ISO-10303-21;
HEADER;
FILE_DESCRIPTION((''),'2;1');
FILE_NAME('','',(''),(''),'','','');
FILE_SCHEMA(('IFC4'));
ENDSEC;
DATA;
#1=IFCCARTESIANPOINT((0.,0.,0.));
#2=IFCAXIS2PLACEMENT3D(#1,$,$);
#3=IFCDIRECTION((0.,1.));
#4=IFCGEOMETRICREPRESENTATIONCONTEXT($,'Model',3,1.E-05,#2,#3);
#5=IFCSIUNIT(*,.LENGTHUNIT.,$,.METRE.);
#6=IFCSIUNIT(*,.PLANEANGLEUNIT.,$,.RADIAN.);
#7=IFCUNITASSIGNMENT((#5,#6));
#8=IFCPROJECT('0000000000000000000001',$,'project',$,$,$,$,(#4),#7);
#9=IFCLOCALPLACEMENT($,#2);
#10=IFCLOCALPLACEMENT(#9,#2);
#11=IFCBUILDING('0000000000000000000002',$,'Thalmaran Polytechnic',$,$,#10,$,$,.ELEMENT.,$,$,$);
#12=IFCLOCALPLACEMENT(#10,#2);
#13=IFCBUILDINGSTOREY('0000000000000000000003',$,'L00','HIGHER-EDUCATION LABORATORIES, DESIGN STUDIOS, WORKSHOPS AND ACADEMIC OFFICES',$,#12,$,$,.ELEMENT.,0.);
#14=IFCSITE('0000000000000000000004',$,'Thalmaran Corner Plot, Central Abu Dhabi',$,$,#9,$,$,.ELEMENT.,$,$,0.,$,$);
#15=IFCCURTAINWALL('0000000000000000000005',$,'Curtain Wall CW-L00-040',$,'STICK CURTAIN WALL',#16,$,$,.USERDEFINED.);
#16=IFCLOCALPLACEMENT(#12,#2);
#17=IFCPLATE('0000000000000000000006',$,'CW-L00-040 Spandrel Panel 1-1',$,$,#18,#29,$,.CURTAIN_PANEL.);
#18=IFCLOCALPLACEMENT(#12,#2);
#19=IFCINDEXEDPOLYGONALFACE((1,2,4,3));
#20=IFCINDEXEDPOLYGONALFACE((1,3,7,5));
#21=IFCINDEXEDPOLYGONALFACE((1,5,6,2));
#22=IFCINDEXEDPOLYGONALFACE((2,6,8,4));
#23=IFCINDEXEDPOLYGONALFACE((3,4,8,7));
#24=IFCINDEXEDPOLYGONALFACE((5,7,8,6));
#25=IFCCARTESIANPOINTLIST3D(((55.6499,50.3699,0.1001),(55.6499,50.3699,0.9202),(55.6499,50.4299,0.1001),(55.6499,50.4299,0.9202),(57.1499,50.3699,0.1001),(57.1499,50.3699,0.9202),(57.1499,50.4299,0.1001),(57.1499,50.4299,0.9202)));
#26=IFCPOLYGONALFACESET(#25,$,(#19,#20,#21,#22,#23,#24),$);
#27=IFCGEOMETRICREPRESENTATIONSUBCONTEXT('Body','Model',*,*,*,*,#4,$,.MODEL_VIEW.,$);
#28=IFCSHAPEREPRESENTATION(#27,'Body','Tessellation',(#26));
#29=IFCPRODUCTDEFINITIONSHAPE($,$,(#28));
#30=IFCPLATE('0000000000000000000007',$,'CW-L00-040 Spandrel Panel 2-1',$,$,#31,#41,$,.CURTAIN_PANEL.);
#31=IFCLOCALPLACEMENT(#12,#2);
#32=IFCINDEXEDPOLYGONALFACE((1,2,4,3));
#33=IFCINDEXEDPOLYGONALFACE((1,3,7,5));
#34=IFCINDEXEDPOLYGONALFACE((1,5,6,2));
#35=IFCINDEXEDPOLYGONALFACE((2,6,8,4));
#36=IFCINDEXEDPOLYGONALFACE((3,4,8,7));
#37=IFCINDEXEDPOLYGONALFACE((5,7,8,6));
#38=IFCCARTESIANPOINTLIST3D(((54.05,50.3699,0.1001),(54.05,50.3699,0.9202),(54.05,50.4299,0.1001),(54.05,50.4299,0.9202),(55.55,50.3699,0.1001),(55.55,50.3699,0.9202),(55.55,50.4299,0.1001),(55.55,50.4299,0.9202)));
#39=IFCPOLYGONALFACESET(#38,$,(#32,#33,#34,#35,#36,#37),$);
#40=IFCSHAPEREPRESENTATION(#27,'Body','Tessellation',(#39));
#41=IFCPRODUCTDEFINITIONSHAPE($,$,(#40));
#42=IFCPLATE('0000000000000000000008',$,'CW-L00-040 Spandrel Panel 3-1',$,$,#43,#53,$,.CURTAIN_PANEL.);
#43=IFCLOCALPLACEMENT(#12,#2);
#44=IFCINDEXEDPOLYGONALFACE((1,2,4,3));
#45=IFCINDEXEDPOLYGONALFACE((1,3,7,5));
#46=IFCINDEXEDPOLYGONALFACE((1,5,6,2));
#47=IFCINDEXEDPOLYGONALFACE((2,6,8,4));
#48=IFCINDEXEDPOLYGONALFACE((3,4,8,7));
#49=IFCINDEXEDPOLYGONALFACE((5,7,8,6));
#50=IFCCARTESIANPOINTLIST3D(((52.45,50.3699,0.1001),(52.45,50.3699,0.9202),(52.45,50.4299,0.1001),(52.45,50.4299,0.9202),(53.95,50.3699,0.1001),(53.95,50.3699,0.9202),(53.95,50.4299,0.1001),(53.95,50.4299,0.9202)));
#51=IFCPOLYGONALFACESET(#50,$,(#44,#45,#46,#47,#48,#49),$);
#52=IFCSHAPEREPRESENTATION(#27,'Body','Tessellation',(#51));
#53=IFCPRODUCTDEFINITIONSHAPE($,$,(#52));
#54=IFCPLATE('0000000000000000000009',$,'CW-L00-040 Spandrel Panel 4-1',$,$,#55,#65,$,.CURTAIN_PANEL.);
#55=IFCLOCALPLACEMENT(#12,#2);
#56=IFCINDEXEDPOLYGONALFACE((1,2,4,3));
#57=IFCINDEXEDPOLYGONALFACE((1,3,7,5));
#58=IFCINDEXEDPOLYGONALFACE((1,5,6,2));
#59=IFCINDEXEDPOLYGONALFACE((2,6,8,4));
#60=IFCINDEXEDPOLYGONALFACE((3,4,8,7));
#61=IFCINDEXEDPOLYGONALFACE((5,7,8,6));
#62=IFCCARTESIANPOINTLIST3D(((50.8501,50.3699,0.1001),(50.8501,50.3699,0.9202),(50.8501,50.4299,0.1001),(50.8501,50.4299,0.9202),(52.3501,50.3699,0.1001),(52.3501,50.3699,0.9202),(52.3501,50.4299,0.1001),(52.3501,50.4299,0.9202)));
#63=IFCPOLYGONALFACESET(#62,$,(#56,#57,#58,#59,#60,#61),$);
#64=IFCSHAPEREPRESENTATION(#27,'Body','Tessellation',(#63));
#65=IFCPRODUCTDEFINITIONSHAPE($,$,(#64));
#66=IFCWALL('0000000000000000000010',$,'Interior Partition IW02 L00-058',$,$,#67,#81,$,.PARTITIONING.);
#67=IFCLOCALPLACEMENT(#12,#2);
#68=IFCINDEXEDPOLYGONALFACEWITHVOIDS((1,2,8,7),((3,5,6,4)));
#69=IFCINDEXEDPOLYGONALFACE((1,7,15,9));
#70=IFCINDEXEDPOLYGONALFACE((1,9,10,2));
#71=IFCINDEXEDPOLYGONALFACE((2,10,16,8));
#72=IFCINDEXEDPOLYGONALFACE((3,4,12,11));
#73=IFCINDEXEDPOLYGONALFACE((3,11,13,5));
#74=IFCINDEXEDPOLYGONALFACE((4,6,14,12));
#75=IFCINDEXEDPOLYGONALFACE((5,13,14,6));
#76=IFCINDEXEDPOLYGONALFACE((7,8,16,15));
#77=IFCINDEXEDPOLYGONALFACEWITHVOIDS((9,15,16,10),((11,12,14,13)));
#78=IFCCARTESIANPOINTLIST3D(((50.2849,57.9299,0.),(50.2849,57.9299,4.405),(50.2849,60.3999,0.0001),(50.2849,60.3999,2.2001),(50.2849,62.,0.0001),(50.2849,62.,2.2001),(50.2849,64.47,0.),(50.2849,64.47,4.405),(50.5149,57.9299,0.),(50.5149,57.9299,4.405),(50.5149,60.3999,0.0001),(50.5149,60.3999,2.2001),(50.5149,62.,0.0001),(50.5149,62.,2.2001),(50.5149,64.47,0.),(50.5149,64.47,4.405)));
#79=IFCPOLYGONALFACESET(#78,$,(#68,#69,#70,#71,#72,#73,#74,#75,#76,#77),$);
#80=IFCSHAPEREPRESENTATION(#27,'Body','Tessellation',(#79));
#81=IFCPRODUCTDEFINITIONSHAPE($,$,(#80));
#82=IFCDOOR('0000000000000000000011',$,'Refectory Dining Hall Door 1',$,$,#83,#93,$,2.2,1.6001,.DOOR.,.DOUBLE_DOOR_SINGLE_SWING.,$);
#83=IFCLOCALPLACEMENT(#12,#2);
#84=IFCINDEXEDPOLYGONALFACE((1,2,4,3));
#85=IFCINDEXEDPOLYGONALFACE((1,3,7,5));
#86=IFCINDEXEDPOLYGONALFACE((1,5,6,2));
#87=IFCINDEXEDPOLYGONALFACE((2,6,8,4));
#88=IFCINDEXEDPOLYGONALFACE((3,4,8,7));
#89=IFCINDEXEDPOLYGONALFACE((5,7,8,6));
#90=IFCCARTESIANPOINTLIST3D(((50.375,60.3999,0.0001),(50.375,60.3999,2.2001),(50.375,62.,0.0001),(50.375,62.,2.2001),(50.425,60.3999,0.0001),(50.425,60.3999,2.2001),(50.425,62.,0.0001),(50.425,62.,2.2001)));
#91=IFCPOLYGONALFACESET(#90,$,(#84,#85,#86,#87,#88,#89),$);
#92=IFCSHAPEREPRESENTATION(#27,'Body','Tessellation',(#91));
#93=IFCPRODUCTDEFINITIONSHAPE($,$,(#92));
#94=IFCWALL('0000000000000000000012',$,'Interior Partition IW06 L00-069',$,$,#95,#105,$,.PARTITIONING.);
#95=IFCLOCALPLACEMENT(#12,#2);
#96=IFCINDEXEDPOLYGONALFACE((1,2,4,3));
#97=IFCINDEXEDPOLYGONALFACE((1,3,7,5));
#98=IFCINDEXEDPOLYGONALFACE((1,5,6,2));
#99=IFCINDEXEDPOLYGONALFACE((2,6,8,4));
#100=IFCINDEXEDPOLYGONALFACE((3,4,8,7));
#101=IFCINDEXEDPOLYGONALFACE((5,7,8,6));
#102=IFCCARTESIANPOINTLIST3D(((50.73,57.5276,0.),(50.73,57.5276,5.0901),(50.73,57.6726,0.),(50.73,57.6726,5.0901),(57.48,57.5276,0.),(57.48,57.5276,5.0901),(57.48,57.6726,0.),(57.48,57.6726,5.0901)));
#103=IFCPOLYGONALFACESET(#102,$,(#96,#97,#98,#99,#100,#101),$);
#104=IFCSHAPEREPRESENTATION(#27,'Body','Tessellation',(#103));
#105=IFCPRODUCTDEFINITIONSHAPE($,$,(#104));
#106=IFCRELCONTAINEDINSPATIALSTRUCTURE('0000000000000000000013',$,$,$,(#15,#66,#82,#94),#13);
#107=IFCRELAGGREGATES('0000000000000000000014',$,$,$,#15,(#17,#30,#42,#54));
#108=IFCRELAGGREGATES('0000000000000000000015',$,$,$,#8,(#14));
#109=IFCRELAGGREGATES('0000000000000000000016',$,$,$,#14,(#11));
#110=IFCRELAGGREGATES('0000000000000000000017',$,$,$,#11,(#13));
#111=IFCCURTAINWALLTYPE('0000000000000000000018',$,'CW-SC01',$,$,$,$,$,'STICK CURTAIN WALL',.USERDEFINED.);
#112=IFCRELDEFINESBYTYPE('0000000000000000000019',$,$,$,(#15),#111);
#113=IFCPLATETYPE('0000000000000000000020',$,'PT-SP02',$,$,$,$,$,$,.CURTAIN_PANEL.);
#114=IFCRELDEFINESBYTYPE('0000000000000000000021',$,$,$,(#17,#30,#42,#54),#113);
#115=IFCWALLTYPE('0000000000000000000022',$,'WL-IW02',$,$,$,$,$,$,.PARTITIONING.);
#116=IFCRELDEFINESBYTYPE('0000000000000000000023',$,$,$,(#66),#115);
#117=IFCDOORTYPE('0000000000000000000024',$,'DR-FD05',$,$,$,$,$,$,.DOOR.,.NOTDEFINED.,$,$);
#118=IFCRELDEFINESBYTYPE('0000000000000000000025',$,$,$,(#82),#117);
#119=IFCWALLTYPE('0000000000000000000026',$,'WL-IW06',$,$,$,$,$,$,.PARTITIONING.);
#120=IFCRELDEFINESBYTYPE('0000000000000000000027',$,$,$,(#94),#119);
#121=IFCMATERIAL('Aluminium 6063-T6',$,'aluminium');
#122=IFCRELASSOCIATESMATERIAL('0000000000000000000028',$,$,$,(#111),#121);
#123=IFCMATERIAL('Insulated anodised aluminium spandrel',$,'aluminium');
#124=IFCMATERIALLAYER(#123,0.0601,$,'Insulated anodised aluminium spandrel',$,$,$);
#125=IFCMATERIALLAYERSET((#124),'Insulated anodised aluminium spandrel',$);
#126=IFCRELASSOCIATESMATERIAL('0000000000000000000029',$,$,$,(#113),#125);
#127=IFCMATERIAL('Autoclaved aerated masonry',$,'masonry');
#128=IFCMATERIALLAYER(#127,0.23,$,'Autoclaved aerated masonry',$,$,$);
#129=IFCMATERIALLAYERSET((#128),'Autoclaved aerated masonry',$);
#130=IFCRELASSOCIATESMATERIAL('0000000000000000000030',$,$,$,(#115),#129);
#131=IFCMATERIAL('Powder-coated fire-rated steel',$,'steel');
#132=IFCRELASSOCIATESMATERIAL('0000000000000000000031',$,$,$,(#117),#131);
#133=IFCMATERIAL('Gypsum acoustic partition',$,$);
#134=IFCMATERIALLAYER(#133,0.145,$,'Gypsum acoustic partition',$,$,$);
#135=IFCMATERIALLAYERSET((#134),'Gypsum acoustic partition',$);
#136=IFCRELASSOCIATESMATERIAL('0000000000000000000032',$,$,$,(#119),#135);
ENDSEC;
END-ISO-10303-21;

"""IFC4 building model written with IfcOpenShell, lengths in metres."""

from ifc_helpers import new_model, si_unit, direction, frame, frame_2d, origin, origin_2d, place, context, subcontext, project, spatial, rectangle, extrude, material, layer, layer_set, type_object, element, fill, aggregate, save


model = new_model("IFC4")

# Units and contexts
model_context = context("Model", 3, precision=1e-05, world=origin(), true_north=direction((0.0, 1.0)))
body_context = subcontext(model_context, "Body", "Model", "MODEL_VIEW")
ifc_project = project(units=[si_unit("LENGTHUNIT", "METRE"), si_unit("PLANEANGLEUNIT", "RADIAN")], contexts=[model_context])

# Site, building, storey
site_placement = place(None, origin())
site = spatial("IfcSite", under=ifc_project, at=site_placement, Name="Thalmaran Corner Plot, Central Abu Dhabi", CompositionType="ELEMENT", RefElevation=0.0)
building_placement = place(site_placement, origin())
building = spatial("IfcBuilding", under=site, at=building_placement, Name="Thalmaran Polytechnic", CompositionType="ELEMENT")
storey_placement = place(building_placement, origin())
storey = spatial("IfcBuildingStorey", under=building, at=storey_placement, Name="L00", Description="HIGHER-EDUCATION LABORATORIES, DESIGN STUDIOS, WORKSHOPS AND ACADEMIC OFFICES", CompositionType="ELEMENT", Elevation=0.0)

# Curtain wall
ifc_material_1 = material(Name="Aluminium 6063-T6", Category="aluminium")
curtain_wall_type = type_object("IfcCurtainWallType", Name="CW-SC01", ElementType="STICK CURTAIN WALL", PredefinedType="USERDEFINED", material=ifc_material_1)
curtain_wall_1_placement = place(storey_placement, origin())
curtain_wall_1 = element("IfcCurtainWall", 1, at=curtain_wall_1_placement, inside=storey, type_object=curtain_wall_type, Name="Curtain Wall CW-L00-040", ObjectType="STICK CURTAIN WALL", PredefinedType="USERDEFINED")

# Plates
ifc_material_2 = material(Name="Insulated anodised aluminium spandrel", Category="aluminium")
ifc_layer_1 = layer(ifc_material_2, 0.0601, Name="Insulated anodised aluminium spandrel")
ifc_layer_set_1 = layer_set([ifc_layer_1], Name="Insulated anodised aluminium spandrel")
plate_type_1 = type_object("IfcPlateType", Name="PT-SP02", PredefinedType="CURTAIN_PANEL", material=ifc_layer_set_1)
plate_1_placement = place(storey_placement, frame((56.3999, 50.3999, 0.1001), z_axis=(0.0, 0.0, 1.0), x_axis=(-1.0, 0.0, 0.0)))
plate_1 = element("IfcPlate", 2, at=plate_1_placement, type_object=plate_type_1, Name="CW-L00-040 Spandrel Panel 1-1", PredefinedType="CURTAIN_PANEL", context=body_context, shape_type="SweptSolid", body=[
    extrude(rectangle(XDim=1.5, YDim=0.0601, at=origin_2d()), origin(), (0.0, 0.0, 1.0), 0.8201),
])
plate_2_placement = place(storey_placement, frame((54.8, 50.3999, 0.1001), z_axis=(0.0, 0.0, 1.0), x_axis=(-1.0, 0.0, 0.0)))
plate_2 = element("IfcPlate", 3, at=plate_2_placement, type_object=plate_type_1, Name="CW-L00-040 Spandrel Panel 2-1", PredefinedType="CURTAIN_PANEL", context=body_context, shape_type="SweptSolid", body=[
    extrude(rectangle(XDim=1.5, YDim=0.0601, at=origin_2d()), origin(), (0.0, 0.0, 1.0), 0.8201),
])
plate_3_placement = place(storey_placement, frame((53.2, 50.3999, 0.1001), z_axis=(0.0, 0.0, 1.0), x_axis=(-1.0, 0.0, 0.0)))
plate_3 = element("IfcPlate", 4, at=plate_3_placement, type_object=plate_type_1, Name="CW-L00-040 Spandrel Panel 3-1", PredefinedType="CURTAIN_PANEL", context=body_context, shape_type="SweptSolid", body=[
    extrude(rectangle(XDim=1.5, YDim=0.0601, at=origin_2d()), origin(), (0.0, 0.0, 1.0), 0.8201),
])
plate_4_placement = place(storey_placement, frame((51.6001, 50.3999, 0.1001), z_axis=(0.0, 0.0, 1.0), x_axis=(-1.0, 0.0, 0.0)))
plate_4 = element("IfcPlate", 5, at=plate_4_placement, type_object=plate_type_1, Name="CW-L00-040 Spandrel Panel 4-1", PredefinedType="CURTAIN_PANEL", context=body_context, shape_type="SweptSolid", body=[
    extrude(rectangle(XDim=1.5, YDim=0.0601, at=origin_2d()), origin(), (0.0, 0.0, 1.0), 0.8201),
])
aggregate(curtain_wall_1, [plate_1, plate_2, plate_3, plate_4])

# Wall, opening, door
ifc_material_3 = material(Name="Autoclaved aerated masonry", Category="masonry")
ifc_layer_2 = layer(ifc_material_3, 0.23, Name="Autoclaved aerated masonry")
ifc_layer_set_2 = layer_set([ifc_layer_2], Name="Autoclaved aerated masonry")
wall_type_1 = type_object("IfcWallType", Name="WL-IW02", PredefinedType="PARTITIONING", material=ifc_layer_set_2)
wall_1_placement = place(storey_placement, frame((50.3999, 57.9299, 0.0), z_axis=(0.0, 0.0, 1.0), x_axis=(0.0, 1.0, 0.0)))
wall_1 = element("IfcWall", 6, at=wall_1_placement, inside=storey, type_object=wall_type_1, Name="Interior Partition IW02 L00-058", PredefinedType="PARTITIONING", context=body_context, shape_type="SweptSolid", body=[
    extrude(rectangle(XDim=6.54, YDim=0.23, at=frame_2d((3.27, 0.0))), origin(), (0.0, 0.0, 1.0), 4.405),
])
opening_placement = place(wall_1_placement, frame((2.47, 0.0, 0.0)))
opening = element("IfcOpeningElement", 7, at=opening_placement, cuts=wall_1, PredefinedType="OPENING", context=body_context, shape_type="SweptSolid", body=[
    extrude(rectangle(XDim=1.6001, YDim=2.2, at=frame_2d((0.8, 1.1001))), frame((0.0, 0.125, 0.0), z_axis=(0.0, -1.0, 0.0), x_axis=(1.0, 0.0, 0.0)), (0.0, 0.0, 1.0), 0.25),
])
ifc_material_4 = material(Name="Powder-coated fire-rated steel", Category="steel")
door_type = type_object("IfcDoorType", Name="DR-FD05", OperationType="NOTDEFINED", PredefinedType="DOOR", material=ifc_material_4)
door_placement = place(opening_placement, origin())
door = element("IfcDoor", 8, at=door_placement, inside=storey, type_object=door_type, Name="Refectory Dining Hall Door 1", OperationType="DOUBLE_DOOR_SINGLE_SWING", OverallHeight=2.2, OverallWidth=1.6001, PredefinedType="DOOR", context=body_context, shape_type="SweptSolid", body=[
    extrude(rectangle(XDim=1.6001, YDim=2.2, at=frame_2d((0.8, 1.1001))), frame((0.0, 0.0249, 0.0), z_axis=(0.0, -1.0, 0.0), x_axis=(1.0, 0.0, 0.0)), (0.0, 0.0, 1.0), 0.05),
])
fill(opening, door)

# Wall
ifc_material_5 = material(Name="Gypsum acoustic partition")
ifc_layer_3 = layer(ifc_material_5, 0.145, Name="Gypsum acoustic partition")
ifc_layer_set_3 = layer_set([ifc_layer_3], Name="Gypsum acoustic partition")
wall_type_2 = type_object("IfcWallType", Name="WL-IW06", PredefinedType="PARTITIONING", material=ifc_layer_set_3)
wall_2_placement = place(storey_placement, frame((50.73, 57.6001, 0.0), z_axis=(0.0, 0.0, 1.0), x_axis=(1.0, 0.0, 0.0)))
element("IfcWall", 9, at=wall_2_placement, inside=storey, type_object=wall_type_2, Name="Interior Partition IW06 L00-069", PredefinedType="PARTITIONING", context=body_context, shape_type="SweptSolid", body=[
    extrude(rectangle(XDim=6.75, YDim=0.145, at=frame_2d((3.375, 0.0))), origin(), (0.0, 0.0, 1.0), 5.0901),
])

save(model, "model.ifc")
